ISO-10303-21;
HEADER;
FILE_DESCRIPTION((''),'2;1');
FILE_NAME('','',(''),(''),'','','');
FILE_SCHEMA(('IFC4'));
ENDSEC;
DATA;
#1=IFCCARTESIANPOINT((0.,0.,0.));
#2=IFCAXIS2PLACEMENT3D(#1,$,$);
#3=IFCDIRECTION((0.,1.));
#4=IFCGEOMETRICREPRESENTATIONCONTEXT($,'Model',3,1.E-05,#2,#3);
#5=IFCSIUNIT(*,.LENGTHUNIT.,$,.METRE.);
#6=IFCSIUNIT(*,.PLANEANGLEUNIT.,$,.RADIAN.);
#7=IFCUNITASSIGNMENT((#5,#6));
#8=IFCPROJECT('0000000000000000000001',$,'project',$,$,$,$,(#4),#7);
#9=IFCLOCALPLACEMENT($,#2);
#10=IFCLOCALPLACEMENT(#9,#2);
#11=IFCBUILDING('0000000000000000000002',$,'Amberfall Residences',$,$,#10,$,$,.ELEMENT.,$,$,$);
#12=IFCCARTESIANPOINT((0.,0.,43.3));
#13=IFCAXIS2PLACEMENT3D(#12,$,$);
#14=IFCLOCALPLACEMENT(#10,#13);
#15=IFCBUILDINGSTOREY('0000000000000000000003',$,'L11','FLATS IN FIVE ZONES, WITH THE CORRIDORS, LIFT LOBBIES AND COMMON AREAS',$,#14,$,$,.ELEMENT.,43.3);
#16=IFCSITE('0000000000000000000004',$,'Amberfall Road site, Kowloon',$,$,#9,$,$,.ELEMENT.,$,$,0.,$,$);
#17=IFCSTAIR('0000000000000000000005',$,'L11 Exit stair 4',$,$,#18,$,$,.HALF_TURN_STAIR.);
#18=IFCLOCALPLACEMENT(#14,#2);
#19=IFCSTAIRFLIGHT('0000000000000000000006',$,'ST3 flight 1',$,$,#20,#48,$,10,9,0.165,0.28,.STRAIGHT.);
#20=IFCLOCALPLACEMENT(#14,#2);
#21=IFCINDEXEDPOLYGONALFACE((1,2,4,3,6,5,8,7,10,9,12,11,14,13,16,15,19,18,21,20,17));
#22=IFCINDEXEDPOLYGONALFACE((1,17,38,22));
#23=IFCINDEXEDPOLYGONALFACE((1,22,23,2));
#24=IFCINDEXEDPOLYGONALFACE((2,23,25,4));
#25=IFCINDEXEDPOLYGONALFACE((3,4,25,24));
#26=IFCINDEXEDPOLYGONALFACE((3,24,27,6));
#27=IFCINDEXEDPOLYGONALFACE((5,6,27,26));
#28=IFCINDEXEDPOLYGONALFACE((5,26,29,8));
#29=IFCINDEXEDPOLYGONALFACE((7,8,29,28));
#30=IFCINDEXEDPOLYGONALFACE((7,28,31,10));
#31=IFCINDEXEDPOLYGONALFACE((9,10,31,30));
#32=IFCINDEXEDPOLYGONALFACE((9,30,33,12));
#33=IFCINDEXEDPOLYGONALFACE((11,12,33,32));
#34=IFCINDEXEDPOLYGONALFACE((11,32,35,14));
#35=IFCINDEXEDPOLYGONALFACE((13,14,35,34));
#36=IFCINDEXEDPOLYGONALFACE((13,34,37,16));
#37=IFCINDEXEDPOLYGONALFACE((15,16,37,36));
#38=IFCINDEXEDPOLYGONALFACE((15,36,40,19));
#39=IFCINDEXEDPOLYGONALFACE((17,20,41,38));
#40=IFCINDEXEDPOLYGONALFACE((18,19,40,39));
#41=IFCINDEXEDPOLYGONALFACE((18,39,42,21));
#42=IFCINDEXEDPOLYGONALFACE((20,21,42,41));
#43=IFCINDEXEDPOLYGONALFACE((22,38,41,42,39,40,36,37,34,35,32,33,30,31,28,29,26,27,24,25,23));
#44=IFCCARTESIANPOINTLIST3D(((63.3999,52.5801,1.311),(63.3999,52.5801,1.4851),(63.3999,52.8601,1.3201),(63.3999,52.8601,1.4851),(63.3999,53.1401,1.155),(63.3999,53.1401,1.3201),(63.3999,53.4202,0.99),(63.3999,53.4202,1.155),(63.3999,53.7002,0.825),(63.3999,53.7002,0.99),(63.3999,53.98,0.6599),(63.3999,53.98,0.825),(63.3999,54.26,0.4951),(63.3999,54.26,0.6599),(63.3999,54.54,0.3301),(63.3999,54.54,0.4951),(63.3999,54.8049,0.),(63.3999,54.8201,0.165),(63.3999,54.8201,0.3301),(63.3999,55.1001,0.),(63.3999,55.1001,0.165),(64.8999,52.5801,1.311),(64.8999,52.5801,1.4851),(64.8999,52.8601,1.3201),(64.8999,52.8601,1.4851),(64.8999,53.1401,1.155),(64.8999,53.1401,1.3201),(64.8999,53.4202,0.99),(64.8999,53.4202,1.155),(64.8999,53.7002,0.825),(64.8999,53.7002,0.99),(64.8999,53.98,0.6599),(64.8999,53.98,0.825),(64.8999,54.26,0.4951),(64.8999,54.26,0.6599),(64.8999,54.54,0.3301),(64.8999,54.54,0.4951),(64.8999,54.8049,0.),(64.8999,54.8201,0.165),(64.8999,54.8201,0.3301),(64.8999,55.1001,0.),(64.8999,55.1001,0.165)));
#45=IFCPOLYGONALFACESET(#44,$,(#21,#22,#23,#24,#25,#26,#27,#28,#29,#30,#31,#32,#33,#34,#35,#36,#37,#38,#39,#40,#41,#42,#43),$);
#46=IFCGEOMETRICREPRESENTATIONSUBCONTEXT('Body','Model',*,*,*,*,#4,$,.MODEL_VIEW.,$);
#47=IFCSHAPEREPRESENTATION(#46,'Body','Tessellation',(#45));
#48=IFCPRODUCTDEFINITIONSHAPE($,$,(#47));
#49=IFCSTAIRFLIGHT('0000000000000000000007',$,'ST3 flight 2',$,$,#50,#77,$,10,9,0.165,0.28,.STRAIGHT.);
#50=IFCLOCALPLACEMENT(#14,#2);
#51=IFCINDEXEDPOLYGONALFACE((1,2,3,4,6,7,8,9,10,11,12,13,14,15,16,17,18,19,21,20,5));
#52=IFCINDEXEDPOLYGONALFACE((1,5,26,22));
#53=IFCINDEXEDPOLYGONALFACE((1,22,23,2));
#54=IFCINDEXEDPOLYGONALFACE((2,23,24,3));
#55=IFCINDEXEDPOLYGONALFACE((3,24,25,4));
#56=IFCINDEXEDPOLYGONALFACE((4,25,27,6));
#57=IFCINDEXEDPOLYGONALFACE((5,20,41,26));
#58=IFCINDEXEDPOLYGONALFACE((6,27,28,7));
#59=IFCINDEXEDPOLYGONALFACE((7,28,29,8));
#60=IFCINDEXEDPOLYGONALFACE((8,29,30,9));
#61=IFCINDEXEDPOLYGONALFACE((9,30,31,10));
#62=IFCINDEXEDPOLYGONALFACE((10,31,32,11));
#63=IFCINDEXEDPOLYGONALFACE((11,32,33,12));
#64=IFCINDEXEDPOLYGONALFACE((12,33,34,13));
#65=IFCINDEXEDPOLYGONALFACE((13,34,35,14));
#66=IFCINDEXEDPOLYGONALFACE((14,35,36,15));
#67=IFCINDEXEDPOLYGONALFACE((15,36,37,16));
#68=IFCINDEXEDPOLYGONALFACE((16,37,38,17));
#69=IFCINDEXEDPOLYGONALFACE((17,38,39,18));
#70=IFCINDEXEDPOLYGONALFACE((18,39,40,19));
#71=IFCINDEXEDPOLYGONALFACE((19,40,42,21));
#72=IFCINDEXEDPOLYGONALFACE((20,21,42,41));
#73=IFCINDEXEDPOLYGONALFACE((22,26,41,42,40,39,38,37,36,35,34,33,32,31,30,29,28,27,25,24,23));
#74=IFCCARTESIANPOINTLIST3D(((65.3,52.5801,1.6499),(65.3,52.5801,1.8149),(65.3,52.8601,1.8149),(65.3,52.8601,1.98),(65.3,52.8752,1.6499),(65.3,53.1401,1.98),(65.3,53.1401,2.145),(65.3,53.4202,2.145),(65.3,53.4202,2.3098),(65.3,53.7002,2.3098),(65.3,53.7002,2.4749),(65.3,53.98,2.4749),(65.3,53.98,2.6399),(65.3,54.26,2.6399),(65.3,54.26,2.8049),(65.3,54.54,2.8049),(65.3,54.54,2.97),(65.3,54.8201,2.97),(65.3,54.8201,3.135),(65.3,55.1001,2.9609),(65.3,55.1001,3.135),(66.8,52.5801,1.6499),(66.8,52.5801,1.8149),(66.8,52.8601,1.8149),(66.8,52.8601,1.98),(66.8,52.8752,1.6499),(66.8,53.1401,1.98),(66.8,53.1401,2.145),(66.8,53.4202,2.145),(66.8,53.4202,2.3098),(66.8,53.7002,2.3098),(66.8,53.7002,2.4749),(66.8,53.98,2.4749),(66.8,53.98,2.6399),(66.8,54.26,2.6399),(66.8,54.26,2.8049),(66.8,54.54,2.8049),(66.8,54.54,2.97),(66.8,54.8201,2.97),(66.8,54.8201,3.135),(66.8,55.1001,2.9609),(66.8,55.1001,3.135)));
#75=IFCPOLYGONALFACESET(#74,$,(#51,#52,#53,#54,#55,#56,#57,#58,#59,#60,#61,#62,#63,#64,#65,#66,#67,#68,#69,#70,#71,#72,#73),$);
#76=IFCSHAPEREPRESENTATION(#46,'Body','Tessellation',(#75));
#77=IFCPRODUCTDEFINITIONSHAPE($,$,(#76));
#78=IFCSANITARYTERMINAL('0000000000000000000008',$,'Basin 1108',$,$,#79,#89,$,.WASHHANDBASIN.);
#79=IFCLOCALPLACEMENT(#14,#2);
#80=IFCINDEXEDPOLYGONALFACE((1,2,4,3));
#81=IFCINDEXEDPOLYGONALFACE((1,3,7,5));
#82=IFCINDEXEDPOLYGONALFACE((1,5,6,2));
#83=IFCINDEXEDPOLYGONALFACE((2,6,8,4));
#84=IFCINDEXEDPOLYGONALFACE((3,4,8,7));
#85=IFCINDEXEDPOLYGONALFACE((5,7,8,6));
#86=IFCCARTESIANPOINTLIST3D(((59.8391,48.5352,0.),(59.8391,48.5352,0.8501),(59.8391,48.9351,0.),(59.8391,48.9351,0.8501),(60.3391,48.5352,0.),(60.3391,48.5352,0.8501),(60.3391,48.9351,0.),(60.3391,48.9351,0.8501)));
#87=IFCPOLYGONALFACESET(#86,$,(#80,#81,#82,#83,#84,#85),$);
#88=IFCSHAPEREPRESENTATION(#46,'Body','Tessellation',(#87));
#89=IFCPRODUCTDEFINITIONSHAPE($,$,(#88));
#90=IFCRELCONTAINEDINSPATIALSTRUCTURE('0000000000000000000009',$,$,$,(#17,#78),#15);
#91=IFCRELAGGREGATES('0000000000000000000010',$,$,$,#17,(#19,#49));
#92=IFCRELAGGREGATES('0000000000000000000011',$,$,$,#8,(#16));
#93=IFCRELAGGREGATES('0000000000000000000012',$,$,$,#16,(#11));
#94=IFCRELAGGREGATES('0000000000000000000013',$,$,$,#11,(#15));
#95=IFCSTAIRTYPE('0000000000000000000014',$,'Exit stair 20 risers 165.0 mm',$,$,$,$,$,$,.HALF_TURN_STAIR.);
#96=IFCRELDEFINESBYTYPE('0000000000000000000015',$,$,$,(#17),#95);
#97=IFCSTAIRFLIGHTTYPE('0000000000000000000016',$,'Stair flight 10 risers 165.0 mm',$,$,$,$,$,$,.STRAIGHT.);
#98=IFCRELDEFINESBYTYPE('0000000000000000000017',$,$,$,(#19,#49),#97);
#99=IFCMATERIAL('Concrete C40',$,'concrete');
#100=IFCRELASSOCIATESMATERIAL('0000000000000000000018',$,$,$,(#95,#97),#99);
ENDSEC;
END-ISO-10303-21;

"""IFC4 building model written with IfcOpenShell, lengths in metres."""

from ifc_helpers import new_model, si_unit, direction, frame, origin, origin_2d, place, context, subcontext, project, spatial, polyline, rectangle, outline, extrude, material, type_object, element, aggregate, save


model = new_model("IFC4")

# Units and contexts
model_context = context("Model", 3, precision=1e-05, world=origin(), true_north=direction((0.0, 1.0)))
body_context = subcontext(model_context, "Body", "Model", "MODEL_VIEW")
ifc_project = project(units=[si_unit("LENGTHUNIT", "METRE"), si_unit("PLANEANGLEUNIT", "RADIAN")], contexts=[model_context])

# Site, building, storey
site_placement = place(None, origin())
site = spatial("IfcSite", under=ifc_project, at=site_placement, Name="Amberfall Road site, Kowloon", CompositionType="ELEMENT", RefElevation=0.0)
building_placement = place(site_placement, origin())
building = spatial("IfcBuilding", under=site, at=building_placement, Name="Amberfall Residences", CompositionType="ELEMENT")
storey_placement = place(building_placement, frame((0.0, 0.0, 43.3)))
storey = spatial("IfcBuildingStorey", under=building, at=storey_placement, Name="L11", Description="FLATS IN FIVE ZONES, WITH THE CORRIDORS, LIFT LOBBIES AND COMMON AREAS", CompositionType="ELEMENT", Elevation=43.3)

# Stair, stair flights
ifc_material_1 = material(Name="Concrete C40", Category="concrete")
stair_type = type_object("IfcStairType", Name="Exit stair 20 risers 165.0 mm", PredefinedType="HALF_TURN_STAIR", material=ifc_material_1)
stair_placement = place(storey_placement, origin())
stair = element("IfcStair", 1, at=stair_placement, inside=storey, type_object=stair_type, Name="L11 Exit stair 4", PredefinedType="HALF_TURN_STAIR")
stair_flight_type = type_object("IfcStairFlightType", Name="Stair flight 10 risers 165.0 mm", PredefinedType="STRAIGHT", material=ifc_material_1)
stair_flight_1_placement = place(storey_placement, frame((64.1499, 55.1001, 0.0), z_axis=(0.0, 0.0, 1.0), x_axis=(0.0, -1.0, 0.0)))
stair_flight_1 = element("IfcStairFlight", 2, at=stair_flight_1_placement, type_object=stair_flight_type, Name="ST3 flight 1", NumberOfRisers=10, NumberOfTreads=9, PredefinedType="STRAIGHT", RiserHeight=0.165, TreadLength=0.28, context=body_context, shape_type="SweptSolid", body=[
    extrude(outline(polyline([(0.0, 0.0), (0.0, 0.165), (0.28, 0.165), (0.28, 0.3301), (0.5601, 0.3301), (0.5601, 0.4951), (0.8401, 0.4951), (0.8401, 0.6599), (1.1201, 0.6599), (1.1201, 0.825), (1.3999, 0.825), (1.3999, 0.99), (1.6799, 0.99), (1.6799, 1.155), (1.96, 1.155), (1.96, 1.3201), (2.24, 1.3201), (2.24, 1.4851), (2.52, 1.4851), (2.52, 1.6499), (2.52, 1.311), (0.2952, 0.0), (0.0, 0.0)])), frame((0.0, 0.75, 0.0), z_axis=(0.0, -1.0, 0.0), x_axis=(1.0, 0.0, 0.0)), (0.0, 0.0, 1.0), 1.5),
])
stair_flight_2_placement = place(storey_placement, frame((66.05, 52.5801, 1.6499), z_axis=(0.0, 0.0, 1.0), x_axis=(0.0, 1.0, 0.0)))
stair_flight_2 = element("IfcStairFlight", 3, at=stair_flight_2_placement, type_object=stair_flight_type, Name="ST3 flight 2", NumberOfRisers=10, NumberOfTreads=9, PredefinedType="STRAIGHT", RiserHeight=0.165, TreadLength=0.28, context=body_context, shape_type="SweptSolid", body=[
    extrude(outline(polyline([(0.0, 0.0), (0.0, 0.165), (0.28, 0.165), (0.28, 0.3301), (0.5601, 0.3301), (0.5601, 0.4951), (0.8401, 0.4951), (0.8401, 0.6599), (1.1201, 0.6599), (1.1201, 0.825), (1.3999, 0.825), (1.3999, 0.99), (1.6799, 0.99), (1.6799, 1.155), (1.96, 1.155), (1.96, 1.3201), (2.24, 1.3201), (2.24, 1.4851), (2.52, 1.4851), (2.52, 1.6499), (2.52, 1.311), (0.2952, 0.0), (0.0, 0.0)])), frame((0.0, 0.75, 0.0), z_axis=(0.0, -1.0, 0.0), x_axis=(1.0, 0.0, 0.0)), (0.0, 0.0, 1.0), 1.5),
])
aggregate(stair, [stair_flight_1, stair_flight_2])

# Sanitary terminal
sanitary_terminal_placement = place(storey_placement, frame((60.0891, 48.7351, 0.0), z_axis=(0.0, 0.0, 1.0), x_axis=(1.0, 0.0, 0.0)))
element("IfcSanitaryTerminal", 4, at=sanitary_terminal_placement, inside=storey, Name="Basin 1108", PredefinedType="WASHHANDBASIN", context=body_context, shape_type="SweptSolid", body=[
    extrude(rectangle(XDim=0.5, YDim=0.3999, at=origin_2d()), origin(), (0.0, 0.0, 1.0), 0.8501),
])

save(model, "model.ifc")
